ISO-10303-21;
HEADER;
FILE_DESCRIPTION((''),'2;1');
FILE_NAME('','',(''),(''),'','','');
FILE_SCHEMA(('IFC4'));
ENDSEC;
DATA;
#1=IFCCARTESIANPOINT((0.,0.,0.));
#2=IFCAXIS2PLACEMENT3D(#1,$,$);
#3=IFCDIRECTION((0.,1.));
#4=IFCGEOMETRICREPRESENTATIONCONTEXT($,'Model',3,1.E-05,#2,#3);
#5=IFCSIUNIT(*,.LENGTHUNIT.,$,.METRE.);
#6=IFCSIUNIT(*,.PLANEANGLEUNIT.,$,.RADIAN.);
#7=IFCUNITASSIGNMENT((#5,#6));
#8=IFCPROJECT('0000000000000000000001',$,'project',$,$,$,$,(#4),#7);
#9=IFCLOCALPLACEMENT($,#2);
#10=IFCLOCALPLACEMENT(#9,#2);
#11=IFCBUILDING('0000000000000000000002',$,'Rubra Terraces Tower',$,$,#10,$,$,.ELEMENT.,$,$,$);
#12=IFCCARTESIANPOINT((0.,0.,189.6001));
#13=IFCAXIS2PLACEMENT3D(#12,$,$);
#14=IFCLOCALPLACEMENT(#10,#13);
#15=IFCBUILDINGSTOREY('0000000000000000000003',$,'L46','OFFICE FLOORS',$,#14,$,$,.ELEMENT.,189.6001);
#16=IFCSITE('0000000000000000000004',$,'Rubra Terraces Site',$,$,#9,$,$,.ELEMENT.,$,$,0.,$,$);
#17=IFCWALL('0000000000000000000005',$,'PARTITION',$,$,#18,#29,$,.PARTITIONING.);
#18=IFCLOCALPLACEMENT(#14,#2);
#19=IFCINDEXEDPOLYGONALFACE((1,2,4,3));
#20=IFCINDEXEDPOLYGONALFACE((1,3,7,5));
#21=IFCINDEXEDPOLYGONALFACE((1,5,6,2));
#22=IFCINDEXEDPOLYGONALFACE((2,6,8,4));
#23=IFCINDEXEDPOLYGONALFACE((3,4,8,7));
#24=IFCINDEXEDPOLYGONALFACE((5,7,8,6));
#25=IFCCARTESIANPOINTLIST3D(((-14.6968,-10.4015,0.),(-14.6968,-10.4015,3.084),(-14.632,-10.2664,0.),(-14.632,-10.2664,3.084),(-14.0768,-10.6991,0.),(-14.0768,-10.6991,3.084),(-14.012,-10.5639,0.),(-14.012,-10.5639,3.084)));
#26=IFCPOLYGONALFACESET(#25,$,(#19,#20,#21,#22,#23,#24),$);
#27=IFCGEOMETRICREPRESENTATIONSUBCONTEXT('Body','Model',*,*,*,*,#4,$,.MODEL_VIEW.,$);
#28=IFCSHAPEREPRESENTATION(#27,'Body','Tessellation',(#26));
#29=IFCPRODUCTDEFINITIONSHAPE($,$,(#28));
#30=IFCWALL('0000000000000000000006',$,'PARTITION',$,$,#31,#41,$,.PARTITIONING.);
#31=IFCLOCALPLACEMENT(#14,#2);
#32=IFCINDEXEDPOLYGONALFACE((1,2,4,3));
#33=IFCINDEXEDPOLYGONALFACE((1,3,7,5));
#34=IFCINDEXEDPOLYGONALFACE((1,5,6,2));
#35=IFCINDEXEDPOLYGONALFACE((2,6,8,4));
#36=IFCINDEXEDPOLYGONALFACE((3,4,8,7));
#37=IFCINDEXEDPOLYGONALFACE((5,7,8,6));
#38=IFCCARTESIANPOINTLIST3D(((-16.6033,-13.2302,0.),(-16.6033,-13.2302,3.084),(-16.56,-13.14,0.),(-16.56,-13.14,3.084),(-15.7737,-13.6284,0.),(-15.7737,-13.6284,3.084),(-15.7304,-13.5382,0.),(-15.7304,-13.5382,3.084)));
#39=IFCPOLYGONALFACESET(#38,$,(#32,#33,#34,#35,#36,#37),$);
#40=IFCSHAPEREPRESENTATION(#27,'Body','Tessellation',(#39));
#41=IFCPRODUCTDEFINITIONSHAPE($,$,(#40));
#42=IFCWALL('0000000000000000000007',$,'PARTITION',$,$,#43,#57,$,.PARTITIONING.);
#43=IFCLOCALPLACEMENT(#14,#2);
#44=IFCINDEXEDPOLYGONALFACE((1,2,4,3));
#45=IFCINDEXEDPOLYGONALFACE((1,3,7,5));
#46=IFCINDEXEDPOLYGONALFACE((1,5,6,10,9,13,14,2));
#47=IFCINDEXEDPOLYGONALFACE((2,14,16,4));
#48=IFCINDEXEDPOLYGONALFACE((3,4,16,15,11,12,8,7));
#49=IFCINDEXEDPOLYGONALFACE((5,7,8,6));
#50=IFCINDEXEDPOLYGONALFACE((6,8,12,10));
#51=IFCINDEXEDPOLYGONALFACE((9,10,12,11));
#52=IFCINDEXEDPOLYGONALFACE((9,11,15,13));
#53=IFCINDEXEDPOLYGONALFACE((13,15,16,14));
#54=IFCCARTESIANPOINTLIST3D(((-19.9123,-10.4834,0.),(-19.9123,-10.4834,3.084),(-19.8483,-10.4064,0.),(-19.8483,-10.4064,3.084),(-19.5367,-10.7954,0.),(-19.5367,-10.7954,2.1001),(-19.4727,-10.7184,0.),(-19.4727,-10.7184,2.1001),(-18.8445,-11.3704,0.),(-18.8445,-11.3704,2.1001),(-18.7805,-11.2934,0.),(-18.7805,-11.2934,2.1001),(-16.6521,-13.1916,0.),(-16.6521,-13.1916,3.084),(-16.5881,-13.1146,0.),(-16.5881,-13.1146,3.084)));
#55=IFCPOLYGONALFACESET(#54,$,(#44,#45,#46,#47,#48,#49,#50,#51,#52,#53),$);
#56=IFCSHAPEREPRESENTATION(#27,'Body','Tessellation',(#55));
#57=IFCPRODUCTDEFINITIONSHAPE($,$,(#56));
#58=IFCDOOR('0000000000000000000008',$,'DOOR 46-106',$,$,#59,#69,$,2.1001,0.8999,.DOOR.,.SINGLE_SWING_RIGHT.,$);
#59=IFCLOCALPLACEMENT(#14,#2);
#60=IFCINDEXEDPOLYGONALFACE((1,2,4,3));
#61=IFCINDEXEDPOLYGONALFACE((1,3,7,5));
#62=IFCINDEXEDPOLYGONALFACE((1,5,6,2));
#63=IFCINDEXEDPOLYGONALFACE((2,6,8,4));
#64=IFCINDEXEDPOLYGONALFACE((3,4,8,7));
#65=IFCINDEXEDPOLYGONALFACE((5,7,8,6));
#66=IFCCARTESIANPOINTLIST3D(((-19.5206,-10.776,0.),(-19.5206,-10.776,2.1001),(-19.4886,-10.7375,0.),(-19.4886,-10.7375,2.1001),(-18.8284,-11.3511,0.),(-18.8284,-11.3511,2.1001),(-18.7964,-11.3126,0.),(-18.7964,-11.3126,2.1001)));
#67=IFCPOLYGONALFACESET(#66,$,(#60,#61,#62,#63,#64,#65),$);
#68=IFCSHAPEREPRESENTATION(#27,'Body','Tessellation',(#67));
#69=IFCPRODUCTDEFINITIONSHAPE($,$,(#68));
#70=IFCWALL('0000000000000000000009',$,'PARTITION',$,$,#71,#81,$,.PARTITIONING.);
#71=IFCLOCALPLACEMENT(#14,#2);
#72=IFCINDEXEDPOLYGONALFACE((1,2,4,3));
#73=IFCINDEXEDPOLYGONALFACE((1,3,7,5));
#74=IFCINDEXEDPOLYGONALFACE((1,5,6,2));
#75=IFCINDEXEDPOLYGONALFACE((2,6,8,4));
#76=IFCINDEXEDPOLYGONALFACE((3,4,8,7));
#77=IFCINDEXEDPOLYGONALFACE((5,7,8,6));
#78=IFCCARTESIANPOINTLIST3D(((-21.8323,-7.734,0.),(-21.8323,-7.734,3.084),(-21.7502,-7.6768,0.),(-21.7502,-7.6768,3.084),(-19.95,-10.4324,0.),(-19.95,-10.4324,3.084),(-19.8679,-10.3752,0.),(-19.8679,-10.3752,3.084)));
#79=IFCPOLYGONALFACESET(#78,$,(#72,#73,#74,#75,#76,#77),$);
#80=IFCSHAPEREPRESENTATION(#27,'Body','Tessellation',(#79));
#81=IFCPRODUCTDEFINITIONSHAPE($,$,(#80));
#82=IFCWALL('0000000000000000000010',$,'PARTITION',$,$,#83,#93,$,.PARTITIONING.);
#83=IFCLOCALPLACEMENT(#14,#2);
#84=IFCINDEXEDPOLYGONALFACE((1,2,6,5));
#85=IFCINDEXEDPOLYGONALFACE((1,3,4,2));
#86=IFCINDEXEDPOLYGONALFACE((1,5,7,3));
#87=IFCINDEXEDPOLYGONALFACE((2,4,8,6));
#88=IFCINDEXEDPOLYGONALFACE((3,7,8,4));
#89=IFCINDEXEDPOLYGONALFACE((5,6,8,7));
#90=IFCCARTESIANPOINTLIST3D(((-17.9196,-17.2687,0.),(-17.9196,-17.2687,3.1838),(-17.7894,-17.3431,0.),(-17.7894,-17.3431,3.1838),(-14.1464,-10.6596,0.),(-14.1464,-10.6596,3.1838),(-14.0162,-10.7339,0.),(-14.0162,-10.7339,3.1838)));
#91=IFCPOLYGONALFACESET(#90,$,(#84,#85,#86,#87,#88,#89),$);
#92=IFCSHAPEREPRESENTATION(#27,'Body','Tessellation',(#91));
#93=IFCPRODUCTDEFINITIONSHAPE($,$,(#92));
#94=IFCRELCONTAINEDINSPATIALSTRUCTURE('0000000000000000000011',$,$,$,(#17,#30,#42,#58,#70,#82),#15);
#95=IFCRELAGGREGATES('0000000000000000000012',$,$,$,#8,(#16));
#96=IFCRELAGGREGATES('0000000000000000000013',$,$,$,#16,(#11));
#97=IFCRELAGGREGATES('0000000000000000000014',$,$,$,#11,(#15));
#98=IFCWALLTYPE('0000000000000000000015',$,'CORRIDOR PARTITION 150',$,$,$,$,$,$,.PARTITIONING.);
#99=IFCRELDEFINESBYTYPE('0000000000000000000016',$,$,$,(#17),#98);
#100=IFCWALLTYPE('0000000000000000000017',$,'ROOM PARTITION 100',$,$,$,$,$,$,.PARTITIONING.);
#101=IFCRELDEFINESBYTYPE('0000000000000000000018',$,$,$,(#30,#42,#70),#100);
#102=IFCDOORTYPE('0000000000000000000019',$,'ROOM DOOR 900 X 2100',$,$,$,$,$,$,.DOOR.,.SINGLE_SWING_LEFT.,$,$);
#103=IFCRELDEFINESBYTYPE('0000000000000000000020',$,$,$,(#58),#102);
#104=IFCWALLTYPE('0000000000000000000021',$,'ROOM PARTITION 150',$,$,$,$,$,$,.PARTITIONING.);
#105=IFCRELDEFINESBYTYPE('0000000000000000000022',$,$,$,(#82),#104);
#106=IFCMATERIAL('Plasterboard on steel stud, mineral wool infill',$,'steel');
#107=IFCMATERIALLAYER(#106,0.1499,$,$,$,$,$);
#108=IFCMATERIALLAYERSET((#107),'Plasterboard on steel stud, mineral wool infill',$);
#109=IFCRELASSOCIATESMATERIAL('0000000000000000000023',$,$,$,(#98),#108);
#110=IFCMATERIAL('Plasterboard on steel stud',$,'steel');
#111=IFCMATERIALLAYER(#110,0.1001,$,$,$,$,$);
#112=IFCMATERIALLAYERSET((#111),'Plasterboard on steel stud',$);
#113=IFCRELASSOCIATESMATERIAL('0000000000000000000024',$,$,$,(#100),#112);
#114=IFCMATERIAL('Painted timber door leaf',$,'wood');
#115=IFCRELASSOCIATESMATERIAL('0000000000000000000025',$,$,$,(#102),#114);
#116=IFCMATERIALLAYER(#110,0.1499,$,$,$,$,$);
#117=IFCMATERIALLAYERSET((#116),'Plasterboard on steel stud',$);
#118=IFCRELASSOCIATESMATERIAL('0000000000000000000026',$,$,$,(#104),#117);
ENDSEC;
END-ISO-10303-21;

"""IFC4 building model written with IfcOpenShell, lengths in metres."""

from ifc_helpers import new_model, si_unit, direction, frame, frame_2d, origin, place, context, subcontext, project, spatial, rectangle, extrude, material, layer, layer_set, type_object, element, fill, save


model = new_model("IFC4")

# Units and contexts
model_context = context("Model", 3, precision=1e-05, world=origin(), true_north=direction((0.0, 1.0)))
body_context = subcontext(model_context, "Body", "Model", "MODEL_VIEW")
ifc_project = project(units=[si_unit("LENGTHUNIT", "METRE"), si_unit("PLANEANGLEUNIT", "RADIAN")], contexts=[model_context])

# Site, building, storey
site_placement = place(None, origin())
site = spatial("IfcSite", under=ifc_project, at=site_placement, Name="Rubra Terraces Site", CompositionType="ELEMENT", RefElevation=0.0)
building_placement = place(site_placement, origin())
building = spatial("IfcBuilding", under=site, at=building_placement, Name="Rubra Terraces Tower", CompositionType="ELEMENT")
storey_placement = place(building_placement, frame((0.0, 0.0, 189.6001)))
storey = spatial("IfcBuildingStorey", under=building, at=storey_placement, Name="L46", Description="OFFICE FLOORS", CompositionType="ELEMENT", Elevation=189.6001)

# Walls
ifc_material_1 = material(Name="Plasterboard on steel stud, mineral wool infill", Category="steel")
ifc_layer_1 = layer(ifc_material_1, 0.1499)
ifc_layer_set_1 = layer_set([ifc_layer_1], Name="Plasterboard on steel stud, mineral wool infill")
wall_type_1 = type_object("IfcWallType", Name="CORRIDOR PARTITION 150", PredefinedType="PARTITIONING", material=ifc_layer_set_1)
wall_1_placement = place(storey_placement, frame((-14.6643, -10.334, 0.0), z_axis=(0.0, 0.0, 1.0), x_axis=(0.901551, -0.432673, 0.0)))
element("IfcWall", 1, at=wall_1_placement, inside=storey, type_object=wall_type_1, Name="PARTITION", PredefinedType="PARTITIONING", context=body_context, shape_type="SweptSolid", body=[
    extrude(rectangle(XDim=0.6877, YDim=0.1499, at=frame_2d((0.3438, 0.0))), origin(), (0.0, 0.0, 1.0), 3.084),
])
ifc_material_2 = material(Name="Plasterboard on steel stud", Category="steel")
ifc_layer_2 = layer(ifc_material_2, 0.1001)
ifc_layer_set_2 = layer_set([ifc_layer_2], Name="Plasterboard on steel stud")
wall_type_2 = type_object("IfcWallType", Name="ROOM PARTITION 100", PredefinedType="PARTITIONING", material=ifc_layer_set_2)
wall_2_placement = place(storey_placement, frame((-15.7522, -13.5833, 0.0), z_axis=(0.0, 0.0, 1.0), x_axis=(-0.901527, 0.432722, 0.0)))
element("IfcWall", 2, at=wall_2_placement, inside=storey, type_object=wall_type_2, Name="PARTITION", PredefinedType="PARTITIONING", context=body_context, shape_type="SweptSolid", body=[
    extrude(rectangle(XDim=0.9202, YDim=0.1001, at=frame_2d((0.46, 0.0))), origin(), (0.0, 0.0, 1.0), 3.084),
])

# Wall, opening, door
wall_3_placement = place(storey_placement, frame((-16.6201, -13.1531, 0.0), z_axis=(0.0, 0.0, 1.0), x_axis=(-0.769221, 0.638982, 0.0)))
wall_3 = element("IfcWall", 3, at=wall_3_placement, inside=storey, type_object=wall_type_2, Name="PARTITION", PredefinedType="PARTITIONING", context=body_context, shape_type="SweptSolid", body=[
    extrude(rectangle(XDim=4.2383, YDim=0.1001, at=frame_2d((2.1191, 0.0))), origin(), (0.0, 0.0, 1.0), 3.084),
])
opening_1_placement = place(wall_3_placement, frame((2.8501, 0.0, 0.0)))
opening_1 = element("IfcOpeningElement", 4, at=opening_1_placement, cuts=wall_3, PredefinedType="OPENING", context=body_context, shape_type="SweptSolid", body=[
    extrude(rectangle(XDim=0.8999, YDim=2.1001, at=frame_2d((0.45, 1.05))), frame((0.0, 0.0601, 0.0), z_axis=(0.0, -1.0, 0.0), x_axis=(1.0, 0.0, 0.0)), (0.0, 0.0, 1.0), 0.1201),
])
ifc_material_3 = material(Name="Painted timber door leaf", Category="wood")
door_type = type_object("IfcDoorType", Name="ROOM DOOR 900 X 2100", OperationType="SINGLE_SWING_LEFT", PredefinedType="DOOR", material=ifc_material_3)
door_placement = place(opening_1_placement, origin())
door = element("IfcDoor", 5, at=door_placement, inside=storey, type_object=door_type, Name="DOOR 46-106", OperationType="SINGLE_SWING_RIGHT", OverallHeight=2.1001, OverallWidth=0.8999, PredefinedType="DOOR", context=body_context, shape_type="SweptSolid", body=[
    extrude(rectangle(XDim=0.8999, YDim=2.1001, at=frame_2d((0.45, 1.05))), frame((0.0, 0.0249, 0.0), z_axis=(0.0, -1.0, 0.0), x_axis=(1.0, 0.0, 0.0)), (0.0, 0.0, 1.0), 0.05),
])
fill(opening_1, door)

# Walls
wall_4_placement = place(storey_placement, frame((-19.9089, -10.4038, 0.0), z_axis=(0.0, 0.0, 1.0), x_axis=(-0.572112, 0.820176, 0.0)))
element("IfcWall", 6, at=wall_4_placement, inside=storey, type_object=wall_type_2, Name="PARTITION", PredefinedType="PARTITIONING", context=body_context, shape_type="SweptSolid", body=[
    extrude(rectangle(XDim=3.29, YDim=0.1001, at=frame_2d((1.645, 0.0))), origin(), (0.0, 0.0, 1.0), 3.084),
])
ifc_layer_3 = layer(ifc_material_2, 0.1499)
ifc_layer_set_3 = layer_set([ifc_layer_3], Name="Plasterboard on steel stud")
wall_type_3 = type_object("IfcWallType", Name="ROOM PARTITION 150", PredefinedType="PARTITIONING", material=ifc_layer_set_3)
wall_5_placement = place(storey_placement, frame((-17.8545, -17.3059, 0.0), z_axis=(0.0, 0.0, 1.0), x_axis=(0.495797, 0.868439, 0.0)))
element("IfcWall", 7, at=wall_5_placement, inside=storey, type_object=wall_type_3, Name="PARTITION", PredefinedType="PARTITIONING", context=body_context, shape_type="SweptSolid", body=[
    extrude(rectangle(XDim=7.6104, YDim=0.1499, at=frame_2d((3.8052, 0.0))), origin(), (0.0, 0.0, 1.0), 3.1838),
])

save(model, "model.ifc")
